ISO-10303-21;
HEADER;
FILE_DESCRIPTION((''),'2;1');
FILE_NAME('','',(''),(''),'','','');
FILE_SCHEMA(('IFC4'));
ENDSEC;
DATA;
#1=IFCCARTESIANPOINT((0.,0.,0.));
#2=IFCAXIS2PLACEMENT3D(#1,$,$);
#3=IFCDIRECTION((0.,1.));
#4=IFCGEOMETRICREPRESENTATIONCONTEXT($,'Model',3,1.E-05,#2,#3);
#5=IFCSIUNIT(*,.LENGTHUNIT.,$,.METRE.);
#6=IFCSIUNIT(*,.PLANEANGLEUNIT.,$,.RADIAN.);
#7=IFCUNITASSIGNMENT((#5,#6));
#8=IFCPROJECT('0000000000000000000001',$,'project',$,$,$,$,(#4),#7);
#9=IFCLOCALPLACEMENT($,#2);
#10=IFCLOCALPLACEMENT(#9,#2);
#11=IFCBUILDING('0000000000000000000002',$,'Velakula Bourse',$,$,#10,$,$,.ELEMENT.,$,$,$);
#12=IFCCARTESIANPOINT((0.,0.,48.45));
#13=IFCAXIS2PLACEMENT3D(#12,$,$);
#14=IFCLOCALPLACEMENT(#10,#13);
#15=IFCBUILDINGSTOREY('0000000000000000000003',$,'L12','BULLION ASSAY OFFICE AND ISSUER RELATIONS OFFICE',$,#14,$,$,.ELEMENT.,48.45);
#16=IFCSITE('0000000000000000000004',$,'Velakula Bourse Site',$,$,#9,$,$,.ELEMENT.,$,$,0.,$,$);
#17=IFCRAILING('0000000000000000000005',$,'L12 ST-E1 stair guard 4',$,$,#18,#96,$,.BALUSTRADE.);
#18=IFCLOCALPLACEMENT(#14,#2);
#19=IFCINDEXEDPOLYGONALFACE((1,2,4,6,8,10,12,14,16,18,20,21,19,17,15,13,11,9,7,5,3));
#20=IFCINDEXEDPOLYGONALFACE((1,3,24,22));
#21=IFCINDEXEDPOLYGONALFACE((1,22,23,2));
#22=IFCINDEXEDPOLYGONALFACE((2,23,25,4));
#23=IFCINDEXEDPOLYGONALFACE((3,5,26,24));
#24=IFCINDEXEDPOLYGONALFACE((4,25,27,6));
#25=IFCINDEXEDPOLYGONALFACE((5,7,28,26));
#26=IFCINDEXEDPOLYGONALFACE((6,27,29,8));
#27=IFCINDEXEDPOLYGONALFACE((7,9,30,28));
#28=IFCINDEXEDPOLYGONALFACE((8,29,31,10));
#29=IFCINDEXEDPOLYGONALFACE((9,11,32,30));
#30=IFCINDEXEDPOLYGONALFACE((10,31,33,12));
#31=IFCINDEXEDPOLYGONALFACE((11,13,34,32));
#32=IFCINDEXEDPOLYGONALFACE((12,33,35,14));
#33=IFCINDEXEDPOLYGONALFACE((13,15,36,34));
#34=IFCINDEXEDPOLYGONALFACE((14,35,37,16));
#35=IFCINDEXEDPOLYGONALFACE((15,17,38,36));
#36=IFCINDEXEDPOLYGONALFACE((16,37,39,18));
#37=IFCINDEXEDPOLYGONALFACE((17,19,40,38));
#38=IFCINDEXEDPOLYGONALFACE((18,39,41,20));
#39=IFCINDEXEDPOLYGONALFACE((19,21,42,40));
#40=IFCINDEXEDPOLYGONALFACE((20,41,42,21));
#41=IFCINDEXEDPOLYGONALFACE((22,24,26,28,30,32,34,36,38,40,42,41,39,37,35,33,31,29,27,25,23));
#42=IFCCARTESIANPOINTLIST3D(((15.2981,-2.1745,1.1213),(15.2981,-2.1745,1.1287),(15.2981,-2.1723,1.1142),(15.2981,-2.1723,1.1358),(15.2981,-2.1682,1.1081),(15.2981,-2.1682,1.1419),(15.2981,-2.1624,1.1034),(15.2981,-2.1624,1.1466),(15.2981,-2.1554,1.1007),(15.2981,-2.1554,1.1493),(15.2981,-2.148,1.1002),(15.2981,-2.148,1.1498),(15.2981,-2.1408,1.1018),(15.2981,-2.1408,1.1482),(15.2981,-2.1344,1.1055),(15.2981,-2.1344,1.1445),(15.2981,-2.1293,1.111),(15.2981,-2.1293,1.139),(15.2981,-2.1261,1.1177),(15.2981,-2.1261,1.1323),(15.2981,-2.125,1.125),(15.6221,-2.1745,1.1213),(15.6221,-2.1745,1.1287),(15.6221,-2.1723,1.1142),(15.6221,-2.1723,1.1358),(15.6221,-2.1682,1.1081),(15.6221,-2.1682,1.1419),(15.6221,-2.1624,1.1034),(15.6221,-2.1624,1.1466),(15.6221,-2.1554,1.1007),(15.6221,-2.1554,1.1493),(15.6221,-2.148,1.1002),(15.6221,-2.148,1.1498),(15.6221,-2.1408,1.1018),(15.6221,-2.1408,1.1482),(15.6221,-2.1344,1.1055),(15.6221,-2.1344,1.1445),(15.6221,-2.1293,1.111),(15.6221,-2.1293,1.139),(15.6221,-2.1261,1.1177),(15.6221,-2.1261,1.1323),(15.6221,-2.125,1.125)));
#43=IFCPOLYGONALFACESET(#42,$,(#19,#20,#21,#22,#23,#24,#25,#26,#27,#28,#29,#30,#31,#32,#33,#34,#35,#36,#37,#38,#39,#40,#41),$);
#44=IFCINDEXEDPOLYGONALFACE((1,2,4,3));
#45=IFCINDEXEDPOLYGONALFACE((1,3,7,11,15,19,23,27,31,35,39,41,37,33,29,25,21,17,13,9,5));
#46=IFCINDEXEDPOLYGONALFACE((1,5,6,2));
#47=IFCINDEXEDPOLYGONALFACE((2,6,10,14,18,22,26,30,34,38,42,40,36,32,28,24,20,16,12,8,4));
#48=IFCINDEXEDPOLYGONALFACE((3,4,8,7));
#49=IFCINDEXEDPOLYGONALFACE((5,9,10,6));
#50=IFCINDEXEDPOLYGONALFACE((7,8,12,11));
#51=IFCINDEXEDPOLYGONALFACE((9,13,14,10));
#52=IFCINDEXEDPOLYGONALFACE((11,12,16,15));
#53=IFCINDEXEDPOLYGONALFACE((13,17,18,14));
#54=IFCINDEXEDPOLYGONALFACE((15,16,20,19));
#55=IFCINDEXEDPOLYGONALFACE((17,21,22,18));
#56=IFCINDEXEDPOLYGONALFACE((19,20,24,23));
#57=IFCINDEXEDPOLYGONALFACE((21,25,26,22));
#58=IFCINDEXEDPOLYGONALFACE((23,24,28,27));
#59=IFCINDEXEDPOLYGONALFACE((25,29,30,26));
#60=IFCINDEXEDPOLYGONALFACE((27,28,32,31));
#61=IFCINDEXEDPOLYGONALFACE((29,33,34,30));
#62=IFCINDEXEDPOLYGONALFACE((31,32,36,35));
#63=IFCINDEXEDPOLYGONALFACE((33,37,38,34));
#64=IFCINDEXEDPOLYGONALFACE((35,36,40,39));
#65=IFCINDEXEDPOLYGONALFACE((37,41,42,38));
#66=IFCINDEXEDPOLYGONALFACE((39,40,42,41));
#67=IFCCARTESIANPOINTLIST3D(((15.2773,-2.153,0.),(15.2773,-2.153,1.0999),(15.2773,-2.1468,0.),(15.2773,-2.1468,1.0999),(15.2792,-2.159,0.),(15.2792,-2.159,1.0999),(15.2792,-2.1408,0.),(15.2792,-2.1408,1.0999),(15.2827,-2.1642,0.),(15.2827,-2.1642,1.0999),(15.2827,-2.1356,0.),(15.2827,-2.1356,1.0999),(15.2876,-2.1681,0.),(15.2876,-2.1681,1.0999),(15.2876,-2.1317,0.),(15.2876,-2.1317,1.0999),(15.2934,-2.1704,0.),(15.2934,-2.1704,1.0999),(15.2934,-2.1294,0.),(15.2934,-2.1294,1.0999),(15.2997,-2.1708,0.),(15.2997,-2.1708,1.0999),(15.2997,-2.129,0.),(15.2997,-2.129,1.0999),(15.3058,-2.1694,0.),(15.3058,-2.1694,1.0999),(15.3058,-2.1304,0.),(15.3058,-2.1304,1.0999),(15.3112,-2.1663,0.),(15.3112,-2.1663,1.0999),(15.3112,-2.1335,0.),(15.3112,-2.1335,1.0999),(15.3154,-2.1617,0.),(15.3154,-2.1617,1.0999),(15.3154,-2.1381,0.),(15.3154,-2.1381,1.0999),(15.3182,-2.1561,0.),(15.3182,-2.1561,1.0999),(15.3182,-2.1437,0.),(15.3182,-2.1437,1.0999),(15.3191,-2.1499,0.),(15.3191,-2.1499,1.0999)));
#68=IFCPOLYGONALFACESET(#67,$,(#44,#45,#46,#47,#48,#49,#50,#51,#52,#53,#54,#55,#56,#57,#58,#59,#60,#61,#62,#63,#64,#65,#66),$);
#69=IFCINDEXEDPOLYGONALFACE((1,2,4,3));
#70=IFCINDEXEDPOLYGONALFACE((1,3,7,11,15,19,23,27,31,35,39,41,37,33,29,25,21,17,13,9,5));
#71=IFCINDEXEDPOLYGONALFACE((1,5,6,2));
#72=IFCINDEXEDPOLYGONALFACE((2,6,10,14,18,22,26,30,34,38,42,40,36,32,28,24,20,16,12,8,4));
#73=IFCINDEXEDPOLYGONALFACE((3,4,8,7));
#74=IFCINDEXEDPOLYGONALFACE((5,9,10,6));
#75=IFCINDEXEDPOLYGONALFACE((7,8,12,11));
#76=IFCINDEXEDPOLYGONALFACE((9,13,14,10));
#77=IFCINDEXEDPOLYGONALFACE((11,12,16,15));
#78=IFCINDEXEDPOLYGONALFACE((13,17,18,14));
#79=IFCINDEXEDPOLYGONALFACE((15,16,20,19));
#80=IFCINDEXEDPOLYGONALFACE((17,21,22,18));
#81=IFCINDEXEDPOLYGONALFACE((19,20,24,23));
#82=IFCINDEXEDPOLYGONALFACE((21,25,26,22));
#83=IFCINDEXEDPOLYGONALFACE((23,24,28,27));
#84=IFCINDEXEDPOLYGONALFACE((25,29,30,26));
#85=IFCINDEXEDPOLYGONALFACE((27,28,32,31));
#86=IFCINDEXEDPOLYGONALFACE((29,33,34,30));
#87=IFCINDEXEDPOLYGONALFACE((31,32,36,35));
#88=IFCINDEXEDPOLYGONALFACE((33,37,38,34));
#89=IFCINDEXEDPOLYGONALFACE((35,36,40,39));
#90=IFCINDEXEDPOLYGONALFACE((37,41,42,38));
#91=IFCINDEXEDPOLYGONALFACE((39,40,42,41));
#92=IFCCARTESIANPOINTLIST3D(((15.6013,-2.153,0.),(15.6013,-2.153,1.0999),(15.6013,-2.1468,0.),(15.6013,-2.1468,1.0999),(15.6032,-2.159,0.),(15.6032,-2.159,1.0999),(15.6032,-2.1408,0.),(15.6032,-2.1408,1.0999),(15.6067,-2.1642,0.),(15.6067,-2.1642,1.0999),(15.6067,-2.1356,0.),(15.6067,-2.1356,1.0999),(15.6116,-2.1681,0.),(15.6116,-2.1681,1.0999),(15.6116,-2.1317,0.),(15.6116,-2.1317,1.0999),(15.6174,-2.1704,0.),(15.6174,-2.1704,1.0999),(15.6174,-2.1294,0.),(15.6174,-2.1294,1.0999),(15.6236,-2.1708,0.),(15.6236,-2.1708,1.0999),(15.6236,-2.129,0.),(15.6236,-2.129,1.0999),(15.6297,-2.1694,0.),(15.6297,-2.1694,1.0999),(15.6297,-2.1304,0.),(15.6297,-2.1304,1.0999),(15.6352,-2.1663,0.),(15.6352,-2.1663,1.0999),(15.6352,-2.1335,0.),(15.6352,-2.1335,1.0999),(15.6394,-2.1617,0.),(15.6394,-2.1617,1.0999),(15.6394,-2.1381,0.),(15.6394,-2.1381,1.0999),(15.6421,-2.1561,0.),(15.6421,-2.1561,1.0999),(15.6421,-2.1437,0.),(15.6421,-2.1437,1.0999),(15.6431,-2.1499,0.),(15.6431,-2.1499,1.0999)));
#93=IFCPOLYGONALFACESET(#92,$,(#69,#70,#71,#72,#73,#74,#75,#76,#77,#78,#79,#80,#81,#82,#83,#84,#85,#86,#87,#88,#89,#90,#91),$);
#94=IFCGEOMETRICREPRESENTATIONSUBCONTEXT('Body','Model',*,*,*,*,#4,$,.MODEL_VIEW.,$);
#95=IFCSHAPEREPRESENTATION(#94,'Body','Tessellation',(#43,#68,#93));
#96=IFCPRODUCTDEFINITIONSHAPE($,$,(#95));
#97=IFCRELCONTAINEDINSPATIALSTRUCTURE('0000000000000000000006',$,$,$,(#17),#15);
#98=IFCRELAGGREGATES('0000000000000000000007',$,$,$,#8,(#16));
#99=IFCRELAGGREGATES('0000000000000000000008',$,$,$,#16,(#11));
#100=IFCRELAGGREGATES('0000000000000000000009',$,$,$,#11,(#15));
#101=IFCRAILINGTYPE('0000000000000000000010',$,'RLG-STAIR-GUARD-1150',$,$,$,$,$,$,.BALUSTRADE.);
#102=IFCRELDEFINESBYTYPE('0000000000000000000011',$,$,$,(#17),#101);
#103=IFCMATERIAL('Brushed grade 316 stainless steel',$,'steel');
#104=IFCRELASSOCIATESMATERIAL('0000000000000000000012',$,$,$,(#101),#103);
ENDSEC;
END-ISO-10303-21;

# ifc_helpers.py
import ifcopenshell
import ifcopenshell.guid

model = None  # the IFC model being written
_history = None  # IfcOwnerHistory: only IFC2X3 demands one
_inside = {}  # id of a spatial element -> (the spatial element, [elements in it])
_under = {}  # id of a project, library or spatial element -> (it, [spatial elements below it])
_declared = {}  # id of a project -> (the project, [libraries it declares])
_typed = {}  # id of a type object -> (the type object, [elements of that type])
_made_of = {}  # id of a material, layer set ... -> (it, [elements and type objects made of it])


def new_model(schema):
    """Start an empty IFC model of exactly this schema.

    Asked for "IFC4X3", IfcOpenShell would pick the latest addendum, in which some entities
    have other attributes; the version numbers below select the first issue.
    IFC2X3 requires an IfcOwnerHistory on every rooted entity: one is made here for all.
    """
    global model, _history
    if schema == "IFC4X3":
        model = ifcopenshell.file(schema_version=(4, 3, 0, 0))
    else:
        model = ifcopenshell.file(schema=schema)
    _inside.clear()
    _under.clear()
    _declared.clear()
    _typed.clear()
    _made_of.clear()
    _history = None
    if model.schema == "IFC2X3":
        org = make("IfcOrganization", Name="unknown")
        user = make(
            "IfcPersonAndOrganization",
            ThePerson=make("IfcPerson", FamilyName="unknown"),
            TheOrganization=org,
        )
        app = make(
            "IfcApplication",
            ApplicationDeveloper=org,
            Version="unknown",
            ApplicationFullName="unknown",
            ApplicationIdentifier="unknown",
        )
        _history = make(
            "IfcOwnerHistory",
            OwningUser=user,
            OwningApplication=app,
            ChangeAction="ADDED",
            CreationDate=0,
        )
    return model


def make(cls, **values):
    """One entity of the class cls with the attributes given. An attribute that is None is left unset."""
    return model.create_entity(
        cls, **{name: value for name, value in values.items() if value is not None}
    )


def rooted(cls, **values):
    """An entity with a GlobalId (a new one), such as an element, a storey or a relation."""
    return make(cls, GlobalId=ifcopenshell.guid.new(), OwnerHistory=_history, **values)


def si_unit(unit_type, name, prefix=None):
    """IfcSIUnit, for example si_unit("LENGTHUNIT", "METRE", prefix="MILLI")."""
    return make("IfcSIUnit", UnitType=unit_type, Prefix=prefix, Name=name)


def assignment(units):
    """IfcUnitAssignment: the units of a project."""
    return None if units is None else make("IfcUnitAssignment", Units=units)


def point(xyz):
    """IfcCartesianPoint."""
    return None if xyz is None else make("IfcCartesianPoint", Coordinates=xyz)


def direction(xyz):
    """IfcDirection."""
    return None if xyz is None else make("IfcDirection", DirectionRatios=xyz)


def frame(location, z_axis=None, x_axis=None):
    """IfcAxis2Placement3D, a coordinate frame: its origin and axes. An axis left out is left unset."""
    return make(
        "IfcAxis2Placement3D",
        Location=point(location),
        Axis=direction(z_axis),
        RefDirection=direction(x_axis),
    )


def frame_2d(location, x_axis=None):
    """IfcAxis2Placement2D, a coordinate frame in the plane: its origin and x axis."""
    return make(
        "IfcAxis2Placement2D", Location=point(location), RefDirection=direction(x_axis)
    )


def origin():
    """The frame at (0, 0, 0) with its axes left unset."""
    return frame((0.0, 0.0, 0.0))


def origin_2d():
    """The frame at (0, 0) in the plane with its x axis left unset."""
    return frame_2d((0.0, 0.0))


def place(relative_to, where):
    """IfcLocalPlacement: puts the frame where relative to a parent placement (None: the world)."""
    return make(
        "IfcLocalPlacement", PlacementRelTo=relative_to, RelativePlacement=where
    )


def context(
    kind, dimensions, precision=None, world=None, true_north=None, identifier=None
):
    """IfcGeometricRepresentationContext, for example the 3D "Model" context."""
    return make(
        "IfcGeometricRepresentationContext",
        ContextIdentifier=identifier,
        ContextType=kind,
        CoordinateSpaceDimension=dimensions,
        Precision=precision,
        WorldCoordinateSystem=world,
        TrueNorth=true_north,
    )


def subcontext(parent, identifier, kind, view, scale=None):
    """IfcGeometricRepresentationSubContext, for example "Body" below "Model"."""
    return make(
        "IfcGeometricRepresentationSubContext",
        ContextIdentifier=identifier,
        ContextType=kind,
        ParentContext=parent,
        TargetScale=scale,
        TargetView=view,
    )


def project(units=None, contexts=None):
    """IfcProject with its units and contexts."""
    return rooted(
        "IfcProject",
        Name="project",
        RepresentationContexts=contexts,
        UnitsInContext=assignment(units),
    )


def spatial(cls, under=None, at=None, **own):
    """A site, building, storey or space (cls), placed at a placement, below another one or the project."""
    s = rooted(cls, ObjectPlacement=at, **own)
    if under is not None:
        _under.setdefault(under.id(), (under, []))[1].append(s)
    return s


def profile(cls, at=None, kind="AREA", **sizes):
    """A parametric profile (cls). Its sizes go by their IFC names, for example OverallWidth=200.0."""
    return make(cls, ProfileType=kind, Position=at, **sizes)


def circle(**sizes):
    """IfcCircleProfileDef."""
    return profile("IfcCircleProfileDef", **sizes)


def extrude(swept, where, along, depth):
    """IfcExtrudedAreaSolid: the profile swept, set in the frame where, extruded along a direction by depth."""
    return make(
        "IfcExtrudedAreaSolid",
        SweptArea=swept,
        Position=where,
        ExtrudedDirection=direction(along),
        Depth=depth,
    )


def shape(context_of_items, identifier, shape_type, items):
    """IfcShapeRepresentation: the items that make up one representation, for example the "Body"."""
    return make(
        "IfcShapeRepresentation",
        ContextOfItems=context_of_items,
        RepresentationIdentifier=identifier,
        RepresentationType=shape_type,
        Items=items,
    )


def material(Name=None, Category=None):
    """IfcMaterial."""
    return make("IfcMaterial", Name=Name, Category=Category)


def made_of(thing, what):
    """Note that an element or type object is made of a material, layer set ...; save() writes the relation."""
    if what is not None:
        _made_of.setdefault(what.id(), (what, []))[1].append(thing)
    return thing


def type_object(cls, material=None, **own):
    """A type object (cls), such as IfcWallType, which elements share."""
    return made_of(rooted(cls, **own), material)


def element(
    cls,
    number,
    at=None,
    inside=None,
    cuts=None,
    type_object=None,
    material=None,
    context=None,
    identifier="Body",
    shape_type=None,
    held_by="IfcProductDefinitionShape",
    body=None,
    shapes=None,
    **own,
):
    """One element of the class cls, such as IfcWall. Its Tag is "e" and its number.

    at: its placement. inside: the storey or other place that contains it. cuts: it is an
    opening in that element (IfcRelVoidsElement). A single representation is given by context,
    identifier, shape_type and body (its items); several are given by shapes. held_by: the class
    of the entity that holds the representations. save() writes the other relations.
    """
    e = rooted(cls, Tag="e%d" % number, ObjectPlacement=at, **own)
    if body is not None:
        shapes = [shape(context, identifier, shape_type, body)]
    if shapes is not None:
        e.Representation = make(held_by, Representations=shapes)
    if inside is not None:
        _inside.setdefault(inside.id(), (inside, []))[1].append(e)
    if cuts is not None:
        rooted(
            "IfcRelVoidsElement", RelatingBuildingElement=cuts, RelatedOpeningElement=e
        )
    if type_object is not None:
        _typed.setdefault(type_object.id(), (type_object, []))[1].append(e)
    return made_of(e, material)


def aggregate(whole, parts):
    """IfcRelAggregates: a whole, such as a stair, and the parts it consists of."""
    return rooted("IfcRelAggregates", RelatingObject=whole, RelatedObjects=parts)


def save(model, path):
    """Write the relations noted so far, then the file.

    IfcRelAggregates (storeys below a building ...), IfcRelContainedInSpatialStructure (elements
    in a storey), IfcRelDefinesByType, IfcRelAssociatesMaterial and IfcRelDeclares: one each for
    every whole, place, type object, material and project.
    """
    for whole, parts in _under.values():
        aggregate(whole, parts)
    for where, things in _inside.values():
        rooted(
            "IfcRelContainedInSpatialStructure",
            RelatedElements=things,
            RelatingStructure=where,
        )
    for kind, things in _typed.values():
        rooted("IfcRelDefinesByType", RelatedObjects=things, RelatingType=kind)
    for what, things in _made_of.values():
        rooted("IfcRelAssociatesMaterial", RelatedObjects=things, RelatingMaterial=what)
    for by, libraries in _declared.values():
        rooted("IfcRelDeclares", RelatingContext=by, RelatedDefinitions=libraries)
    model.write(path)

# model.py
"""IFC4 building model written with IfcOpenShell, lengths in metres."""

from ifc_helpers import new_model, si_unit, direction, frame, origin, origin_2d, place, context, subcontext, project, spatial, circle, extrude, material, type_object, element, save


model = new_model("IFC4")

# Units and contexts
model_context = context("Model", 3, precision=1e-05, world=origin(), true_north=direction((0.0, 1.0)))
body_context = subcontext(model_context, "Body", "Model", "MODEL_VIEW")
ifc_project = project(units=[si_unit("LENGTHUNIT", "METRE"), si_unit("PLANEANGLEUNIT", "RADIAN")], contexts=[model_context])

# Site, building, storey
site_placement = place(None, origin())
site = spatial("IfcSite", under=ifc_project, at=site_placement, Name="Velakula Bourse Site", CompositionType="ELEMENT", RefElevation=0.0)
building_placement = place(site_placement, origin())
building = spatial("IfcBuilding", under=site, at=building_placement, Name="Velakula Bourse", CompositionType="ELEMENT")
storey_placement = place(building_placement, frame((0.0, 0.0, 48.45)))
storey = spatial("IfcBuildingStorey", under=building, at=storey_placement, Name="L12", Description="BULLION ASSAY OFFICE AND ISSUER RELATIONS OFFICE", CompositionType="ELEMENT", Elevation=48.45)

# Shared definitions
ifc_material_1 = material(Name="Brushed grade 316 stainless steel", Category="steel")

# Railing
railing_type_1 = type_object("IfcRailingType", Name="RLG-STAIR-GUARD-1150", PredefinedType="BALUSTRADE", material=ifc_material_1)
railing_1_placement = place(storey_placement, frame((15.2981, -2.1499, 0.0)))
element("IfcRailing", 1, at=railing_1_placement, inside=storey, type_object=railing_type_1, Name="L12 ST-E1 stair guard 4", PredefinedType="BALUSTRADE", context=body_context, shape_type="SweptSolid", body=[
    extrude(circle(Radius=0.0249, at=origin_2d()), frame((0.0, 0.0, 1.125), z_axis=(1.0, 0.0, 0.0), x_axis=(0.0, 1.0, 0.0)), (0.0, 0.0, 1.0), 0.324),
    extrude(circle(Radius=0.021, at=origin_2d()), origin(), (0.0, 0.0, 1.0), 1.0999),
    extrude(circle(Radius=0.021, at=origin_2d()), frame((0.324, 0.0, 0.0)), (0.0, 0.0, 1.0), 1.0999),
])

save(model, "model.ifc")
